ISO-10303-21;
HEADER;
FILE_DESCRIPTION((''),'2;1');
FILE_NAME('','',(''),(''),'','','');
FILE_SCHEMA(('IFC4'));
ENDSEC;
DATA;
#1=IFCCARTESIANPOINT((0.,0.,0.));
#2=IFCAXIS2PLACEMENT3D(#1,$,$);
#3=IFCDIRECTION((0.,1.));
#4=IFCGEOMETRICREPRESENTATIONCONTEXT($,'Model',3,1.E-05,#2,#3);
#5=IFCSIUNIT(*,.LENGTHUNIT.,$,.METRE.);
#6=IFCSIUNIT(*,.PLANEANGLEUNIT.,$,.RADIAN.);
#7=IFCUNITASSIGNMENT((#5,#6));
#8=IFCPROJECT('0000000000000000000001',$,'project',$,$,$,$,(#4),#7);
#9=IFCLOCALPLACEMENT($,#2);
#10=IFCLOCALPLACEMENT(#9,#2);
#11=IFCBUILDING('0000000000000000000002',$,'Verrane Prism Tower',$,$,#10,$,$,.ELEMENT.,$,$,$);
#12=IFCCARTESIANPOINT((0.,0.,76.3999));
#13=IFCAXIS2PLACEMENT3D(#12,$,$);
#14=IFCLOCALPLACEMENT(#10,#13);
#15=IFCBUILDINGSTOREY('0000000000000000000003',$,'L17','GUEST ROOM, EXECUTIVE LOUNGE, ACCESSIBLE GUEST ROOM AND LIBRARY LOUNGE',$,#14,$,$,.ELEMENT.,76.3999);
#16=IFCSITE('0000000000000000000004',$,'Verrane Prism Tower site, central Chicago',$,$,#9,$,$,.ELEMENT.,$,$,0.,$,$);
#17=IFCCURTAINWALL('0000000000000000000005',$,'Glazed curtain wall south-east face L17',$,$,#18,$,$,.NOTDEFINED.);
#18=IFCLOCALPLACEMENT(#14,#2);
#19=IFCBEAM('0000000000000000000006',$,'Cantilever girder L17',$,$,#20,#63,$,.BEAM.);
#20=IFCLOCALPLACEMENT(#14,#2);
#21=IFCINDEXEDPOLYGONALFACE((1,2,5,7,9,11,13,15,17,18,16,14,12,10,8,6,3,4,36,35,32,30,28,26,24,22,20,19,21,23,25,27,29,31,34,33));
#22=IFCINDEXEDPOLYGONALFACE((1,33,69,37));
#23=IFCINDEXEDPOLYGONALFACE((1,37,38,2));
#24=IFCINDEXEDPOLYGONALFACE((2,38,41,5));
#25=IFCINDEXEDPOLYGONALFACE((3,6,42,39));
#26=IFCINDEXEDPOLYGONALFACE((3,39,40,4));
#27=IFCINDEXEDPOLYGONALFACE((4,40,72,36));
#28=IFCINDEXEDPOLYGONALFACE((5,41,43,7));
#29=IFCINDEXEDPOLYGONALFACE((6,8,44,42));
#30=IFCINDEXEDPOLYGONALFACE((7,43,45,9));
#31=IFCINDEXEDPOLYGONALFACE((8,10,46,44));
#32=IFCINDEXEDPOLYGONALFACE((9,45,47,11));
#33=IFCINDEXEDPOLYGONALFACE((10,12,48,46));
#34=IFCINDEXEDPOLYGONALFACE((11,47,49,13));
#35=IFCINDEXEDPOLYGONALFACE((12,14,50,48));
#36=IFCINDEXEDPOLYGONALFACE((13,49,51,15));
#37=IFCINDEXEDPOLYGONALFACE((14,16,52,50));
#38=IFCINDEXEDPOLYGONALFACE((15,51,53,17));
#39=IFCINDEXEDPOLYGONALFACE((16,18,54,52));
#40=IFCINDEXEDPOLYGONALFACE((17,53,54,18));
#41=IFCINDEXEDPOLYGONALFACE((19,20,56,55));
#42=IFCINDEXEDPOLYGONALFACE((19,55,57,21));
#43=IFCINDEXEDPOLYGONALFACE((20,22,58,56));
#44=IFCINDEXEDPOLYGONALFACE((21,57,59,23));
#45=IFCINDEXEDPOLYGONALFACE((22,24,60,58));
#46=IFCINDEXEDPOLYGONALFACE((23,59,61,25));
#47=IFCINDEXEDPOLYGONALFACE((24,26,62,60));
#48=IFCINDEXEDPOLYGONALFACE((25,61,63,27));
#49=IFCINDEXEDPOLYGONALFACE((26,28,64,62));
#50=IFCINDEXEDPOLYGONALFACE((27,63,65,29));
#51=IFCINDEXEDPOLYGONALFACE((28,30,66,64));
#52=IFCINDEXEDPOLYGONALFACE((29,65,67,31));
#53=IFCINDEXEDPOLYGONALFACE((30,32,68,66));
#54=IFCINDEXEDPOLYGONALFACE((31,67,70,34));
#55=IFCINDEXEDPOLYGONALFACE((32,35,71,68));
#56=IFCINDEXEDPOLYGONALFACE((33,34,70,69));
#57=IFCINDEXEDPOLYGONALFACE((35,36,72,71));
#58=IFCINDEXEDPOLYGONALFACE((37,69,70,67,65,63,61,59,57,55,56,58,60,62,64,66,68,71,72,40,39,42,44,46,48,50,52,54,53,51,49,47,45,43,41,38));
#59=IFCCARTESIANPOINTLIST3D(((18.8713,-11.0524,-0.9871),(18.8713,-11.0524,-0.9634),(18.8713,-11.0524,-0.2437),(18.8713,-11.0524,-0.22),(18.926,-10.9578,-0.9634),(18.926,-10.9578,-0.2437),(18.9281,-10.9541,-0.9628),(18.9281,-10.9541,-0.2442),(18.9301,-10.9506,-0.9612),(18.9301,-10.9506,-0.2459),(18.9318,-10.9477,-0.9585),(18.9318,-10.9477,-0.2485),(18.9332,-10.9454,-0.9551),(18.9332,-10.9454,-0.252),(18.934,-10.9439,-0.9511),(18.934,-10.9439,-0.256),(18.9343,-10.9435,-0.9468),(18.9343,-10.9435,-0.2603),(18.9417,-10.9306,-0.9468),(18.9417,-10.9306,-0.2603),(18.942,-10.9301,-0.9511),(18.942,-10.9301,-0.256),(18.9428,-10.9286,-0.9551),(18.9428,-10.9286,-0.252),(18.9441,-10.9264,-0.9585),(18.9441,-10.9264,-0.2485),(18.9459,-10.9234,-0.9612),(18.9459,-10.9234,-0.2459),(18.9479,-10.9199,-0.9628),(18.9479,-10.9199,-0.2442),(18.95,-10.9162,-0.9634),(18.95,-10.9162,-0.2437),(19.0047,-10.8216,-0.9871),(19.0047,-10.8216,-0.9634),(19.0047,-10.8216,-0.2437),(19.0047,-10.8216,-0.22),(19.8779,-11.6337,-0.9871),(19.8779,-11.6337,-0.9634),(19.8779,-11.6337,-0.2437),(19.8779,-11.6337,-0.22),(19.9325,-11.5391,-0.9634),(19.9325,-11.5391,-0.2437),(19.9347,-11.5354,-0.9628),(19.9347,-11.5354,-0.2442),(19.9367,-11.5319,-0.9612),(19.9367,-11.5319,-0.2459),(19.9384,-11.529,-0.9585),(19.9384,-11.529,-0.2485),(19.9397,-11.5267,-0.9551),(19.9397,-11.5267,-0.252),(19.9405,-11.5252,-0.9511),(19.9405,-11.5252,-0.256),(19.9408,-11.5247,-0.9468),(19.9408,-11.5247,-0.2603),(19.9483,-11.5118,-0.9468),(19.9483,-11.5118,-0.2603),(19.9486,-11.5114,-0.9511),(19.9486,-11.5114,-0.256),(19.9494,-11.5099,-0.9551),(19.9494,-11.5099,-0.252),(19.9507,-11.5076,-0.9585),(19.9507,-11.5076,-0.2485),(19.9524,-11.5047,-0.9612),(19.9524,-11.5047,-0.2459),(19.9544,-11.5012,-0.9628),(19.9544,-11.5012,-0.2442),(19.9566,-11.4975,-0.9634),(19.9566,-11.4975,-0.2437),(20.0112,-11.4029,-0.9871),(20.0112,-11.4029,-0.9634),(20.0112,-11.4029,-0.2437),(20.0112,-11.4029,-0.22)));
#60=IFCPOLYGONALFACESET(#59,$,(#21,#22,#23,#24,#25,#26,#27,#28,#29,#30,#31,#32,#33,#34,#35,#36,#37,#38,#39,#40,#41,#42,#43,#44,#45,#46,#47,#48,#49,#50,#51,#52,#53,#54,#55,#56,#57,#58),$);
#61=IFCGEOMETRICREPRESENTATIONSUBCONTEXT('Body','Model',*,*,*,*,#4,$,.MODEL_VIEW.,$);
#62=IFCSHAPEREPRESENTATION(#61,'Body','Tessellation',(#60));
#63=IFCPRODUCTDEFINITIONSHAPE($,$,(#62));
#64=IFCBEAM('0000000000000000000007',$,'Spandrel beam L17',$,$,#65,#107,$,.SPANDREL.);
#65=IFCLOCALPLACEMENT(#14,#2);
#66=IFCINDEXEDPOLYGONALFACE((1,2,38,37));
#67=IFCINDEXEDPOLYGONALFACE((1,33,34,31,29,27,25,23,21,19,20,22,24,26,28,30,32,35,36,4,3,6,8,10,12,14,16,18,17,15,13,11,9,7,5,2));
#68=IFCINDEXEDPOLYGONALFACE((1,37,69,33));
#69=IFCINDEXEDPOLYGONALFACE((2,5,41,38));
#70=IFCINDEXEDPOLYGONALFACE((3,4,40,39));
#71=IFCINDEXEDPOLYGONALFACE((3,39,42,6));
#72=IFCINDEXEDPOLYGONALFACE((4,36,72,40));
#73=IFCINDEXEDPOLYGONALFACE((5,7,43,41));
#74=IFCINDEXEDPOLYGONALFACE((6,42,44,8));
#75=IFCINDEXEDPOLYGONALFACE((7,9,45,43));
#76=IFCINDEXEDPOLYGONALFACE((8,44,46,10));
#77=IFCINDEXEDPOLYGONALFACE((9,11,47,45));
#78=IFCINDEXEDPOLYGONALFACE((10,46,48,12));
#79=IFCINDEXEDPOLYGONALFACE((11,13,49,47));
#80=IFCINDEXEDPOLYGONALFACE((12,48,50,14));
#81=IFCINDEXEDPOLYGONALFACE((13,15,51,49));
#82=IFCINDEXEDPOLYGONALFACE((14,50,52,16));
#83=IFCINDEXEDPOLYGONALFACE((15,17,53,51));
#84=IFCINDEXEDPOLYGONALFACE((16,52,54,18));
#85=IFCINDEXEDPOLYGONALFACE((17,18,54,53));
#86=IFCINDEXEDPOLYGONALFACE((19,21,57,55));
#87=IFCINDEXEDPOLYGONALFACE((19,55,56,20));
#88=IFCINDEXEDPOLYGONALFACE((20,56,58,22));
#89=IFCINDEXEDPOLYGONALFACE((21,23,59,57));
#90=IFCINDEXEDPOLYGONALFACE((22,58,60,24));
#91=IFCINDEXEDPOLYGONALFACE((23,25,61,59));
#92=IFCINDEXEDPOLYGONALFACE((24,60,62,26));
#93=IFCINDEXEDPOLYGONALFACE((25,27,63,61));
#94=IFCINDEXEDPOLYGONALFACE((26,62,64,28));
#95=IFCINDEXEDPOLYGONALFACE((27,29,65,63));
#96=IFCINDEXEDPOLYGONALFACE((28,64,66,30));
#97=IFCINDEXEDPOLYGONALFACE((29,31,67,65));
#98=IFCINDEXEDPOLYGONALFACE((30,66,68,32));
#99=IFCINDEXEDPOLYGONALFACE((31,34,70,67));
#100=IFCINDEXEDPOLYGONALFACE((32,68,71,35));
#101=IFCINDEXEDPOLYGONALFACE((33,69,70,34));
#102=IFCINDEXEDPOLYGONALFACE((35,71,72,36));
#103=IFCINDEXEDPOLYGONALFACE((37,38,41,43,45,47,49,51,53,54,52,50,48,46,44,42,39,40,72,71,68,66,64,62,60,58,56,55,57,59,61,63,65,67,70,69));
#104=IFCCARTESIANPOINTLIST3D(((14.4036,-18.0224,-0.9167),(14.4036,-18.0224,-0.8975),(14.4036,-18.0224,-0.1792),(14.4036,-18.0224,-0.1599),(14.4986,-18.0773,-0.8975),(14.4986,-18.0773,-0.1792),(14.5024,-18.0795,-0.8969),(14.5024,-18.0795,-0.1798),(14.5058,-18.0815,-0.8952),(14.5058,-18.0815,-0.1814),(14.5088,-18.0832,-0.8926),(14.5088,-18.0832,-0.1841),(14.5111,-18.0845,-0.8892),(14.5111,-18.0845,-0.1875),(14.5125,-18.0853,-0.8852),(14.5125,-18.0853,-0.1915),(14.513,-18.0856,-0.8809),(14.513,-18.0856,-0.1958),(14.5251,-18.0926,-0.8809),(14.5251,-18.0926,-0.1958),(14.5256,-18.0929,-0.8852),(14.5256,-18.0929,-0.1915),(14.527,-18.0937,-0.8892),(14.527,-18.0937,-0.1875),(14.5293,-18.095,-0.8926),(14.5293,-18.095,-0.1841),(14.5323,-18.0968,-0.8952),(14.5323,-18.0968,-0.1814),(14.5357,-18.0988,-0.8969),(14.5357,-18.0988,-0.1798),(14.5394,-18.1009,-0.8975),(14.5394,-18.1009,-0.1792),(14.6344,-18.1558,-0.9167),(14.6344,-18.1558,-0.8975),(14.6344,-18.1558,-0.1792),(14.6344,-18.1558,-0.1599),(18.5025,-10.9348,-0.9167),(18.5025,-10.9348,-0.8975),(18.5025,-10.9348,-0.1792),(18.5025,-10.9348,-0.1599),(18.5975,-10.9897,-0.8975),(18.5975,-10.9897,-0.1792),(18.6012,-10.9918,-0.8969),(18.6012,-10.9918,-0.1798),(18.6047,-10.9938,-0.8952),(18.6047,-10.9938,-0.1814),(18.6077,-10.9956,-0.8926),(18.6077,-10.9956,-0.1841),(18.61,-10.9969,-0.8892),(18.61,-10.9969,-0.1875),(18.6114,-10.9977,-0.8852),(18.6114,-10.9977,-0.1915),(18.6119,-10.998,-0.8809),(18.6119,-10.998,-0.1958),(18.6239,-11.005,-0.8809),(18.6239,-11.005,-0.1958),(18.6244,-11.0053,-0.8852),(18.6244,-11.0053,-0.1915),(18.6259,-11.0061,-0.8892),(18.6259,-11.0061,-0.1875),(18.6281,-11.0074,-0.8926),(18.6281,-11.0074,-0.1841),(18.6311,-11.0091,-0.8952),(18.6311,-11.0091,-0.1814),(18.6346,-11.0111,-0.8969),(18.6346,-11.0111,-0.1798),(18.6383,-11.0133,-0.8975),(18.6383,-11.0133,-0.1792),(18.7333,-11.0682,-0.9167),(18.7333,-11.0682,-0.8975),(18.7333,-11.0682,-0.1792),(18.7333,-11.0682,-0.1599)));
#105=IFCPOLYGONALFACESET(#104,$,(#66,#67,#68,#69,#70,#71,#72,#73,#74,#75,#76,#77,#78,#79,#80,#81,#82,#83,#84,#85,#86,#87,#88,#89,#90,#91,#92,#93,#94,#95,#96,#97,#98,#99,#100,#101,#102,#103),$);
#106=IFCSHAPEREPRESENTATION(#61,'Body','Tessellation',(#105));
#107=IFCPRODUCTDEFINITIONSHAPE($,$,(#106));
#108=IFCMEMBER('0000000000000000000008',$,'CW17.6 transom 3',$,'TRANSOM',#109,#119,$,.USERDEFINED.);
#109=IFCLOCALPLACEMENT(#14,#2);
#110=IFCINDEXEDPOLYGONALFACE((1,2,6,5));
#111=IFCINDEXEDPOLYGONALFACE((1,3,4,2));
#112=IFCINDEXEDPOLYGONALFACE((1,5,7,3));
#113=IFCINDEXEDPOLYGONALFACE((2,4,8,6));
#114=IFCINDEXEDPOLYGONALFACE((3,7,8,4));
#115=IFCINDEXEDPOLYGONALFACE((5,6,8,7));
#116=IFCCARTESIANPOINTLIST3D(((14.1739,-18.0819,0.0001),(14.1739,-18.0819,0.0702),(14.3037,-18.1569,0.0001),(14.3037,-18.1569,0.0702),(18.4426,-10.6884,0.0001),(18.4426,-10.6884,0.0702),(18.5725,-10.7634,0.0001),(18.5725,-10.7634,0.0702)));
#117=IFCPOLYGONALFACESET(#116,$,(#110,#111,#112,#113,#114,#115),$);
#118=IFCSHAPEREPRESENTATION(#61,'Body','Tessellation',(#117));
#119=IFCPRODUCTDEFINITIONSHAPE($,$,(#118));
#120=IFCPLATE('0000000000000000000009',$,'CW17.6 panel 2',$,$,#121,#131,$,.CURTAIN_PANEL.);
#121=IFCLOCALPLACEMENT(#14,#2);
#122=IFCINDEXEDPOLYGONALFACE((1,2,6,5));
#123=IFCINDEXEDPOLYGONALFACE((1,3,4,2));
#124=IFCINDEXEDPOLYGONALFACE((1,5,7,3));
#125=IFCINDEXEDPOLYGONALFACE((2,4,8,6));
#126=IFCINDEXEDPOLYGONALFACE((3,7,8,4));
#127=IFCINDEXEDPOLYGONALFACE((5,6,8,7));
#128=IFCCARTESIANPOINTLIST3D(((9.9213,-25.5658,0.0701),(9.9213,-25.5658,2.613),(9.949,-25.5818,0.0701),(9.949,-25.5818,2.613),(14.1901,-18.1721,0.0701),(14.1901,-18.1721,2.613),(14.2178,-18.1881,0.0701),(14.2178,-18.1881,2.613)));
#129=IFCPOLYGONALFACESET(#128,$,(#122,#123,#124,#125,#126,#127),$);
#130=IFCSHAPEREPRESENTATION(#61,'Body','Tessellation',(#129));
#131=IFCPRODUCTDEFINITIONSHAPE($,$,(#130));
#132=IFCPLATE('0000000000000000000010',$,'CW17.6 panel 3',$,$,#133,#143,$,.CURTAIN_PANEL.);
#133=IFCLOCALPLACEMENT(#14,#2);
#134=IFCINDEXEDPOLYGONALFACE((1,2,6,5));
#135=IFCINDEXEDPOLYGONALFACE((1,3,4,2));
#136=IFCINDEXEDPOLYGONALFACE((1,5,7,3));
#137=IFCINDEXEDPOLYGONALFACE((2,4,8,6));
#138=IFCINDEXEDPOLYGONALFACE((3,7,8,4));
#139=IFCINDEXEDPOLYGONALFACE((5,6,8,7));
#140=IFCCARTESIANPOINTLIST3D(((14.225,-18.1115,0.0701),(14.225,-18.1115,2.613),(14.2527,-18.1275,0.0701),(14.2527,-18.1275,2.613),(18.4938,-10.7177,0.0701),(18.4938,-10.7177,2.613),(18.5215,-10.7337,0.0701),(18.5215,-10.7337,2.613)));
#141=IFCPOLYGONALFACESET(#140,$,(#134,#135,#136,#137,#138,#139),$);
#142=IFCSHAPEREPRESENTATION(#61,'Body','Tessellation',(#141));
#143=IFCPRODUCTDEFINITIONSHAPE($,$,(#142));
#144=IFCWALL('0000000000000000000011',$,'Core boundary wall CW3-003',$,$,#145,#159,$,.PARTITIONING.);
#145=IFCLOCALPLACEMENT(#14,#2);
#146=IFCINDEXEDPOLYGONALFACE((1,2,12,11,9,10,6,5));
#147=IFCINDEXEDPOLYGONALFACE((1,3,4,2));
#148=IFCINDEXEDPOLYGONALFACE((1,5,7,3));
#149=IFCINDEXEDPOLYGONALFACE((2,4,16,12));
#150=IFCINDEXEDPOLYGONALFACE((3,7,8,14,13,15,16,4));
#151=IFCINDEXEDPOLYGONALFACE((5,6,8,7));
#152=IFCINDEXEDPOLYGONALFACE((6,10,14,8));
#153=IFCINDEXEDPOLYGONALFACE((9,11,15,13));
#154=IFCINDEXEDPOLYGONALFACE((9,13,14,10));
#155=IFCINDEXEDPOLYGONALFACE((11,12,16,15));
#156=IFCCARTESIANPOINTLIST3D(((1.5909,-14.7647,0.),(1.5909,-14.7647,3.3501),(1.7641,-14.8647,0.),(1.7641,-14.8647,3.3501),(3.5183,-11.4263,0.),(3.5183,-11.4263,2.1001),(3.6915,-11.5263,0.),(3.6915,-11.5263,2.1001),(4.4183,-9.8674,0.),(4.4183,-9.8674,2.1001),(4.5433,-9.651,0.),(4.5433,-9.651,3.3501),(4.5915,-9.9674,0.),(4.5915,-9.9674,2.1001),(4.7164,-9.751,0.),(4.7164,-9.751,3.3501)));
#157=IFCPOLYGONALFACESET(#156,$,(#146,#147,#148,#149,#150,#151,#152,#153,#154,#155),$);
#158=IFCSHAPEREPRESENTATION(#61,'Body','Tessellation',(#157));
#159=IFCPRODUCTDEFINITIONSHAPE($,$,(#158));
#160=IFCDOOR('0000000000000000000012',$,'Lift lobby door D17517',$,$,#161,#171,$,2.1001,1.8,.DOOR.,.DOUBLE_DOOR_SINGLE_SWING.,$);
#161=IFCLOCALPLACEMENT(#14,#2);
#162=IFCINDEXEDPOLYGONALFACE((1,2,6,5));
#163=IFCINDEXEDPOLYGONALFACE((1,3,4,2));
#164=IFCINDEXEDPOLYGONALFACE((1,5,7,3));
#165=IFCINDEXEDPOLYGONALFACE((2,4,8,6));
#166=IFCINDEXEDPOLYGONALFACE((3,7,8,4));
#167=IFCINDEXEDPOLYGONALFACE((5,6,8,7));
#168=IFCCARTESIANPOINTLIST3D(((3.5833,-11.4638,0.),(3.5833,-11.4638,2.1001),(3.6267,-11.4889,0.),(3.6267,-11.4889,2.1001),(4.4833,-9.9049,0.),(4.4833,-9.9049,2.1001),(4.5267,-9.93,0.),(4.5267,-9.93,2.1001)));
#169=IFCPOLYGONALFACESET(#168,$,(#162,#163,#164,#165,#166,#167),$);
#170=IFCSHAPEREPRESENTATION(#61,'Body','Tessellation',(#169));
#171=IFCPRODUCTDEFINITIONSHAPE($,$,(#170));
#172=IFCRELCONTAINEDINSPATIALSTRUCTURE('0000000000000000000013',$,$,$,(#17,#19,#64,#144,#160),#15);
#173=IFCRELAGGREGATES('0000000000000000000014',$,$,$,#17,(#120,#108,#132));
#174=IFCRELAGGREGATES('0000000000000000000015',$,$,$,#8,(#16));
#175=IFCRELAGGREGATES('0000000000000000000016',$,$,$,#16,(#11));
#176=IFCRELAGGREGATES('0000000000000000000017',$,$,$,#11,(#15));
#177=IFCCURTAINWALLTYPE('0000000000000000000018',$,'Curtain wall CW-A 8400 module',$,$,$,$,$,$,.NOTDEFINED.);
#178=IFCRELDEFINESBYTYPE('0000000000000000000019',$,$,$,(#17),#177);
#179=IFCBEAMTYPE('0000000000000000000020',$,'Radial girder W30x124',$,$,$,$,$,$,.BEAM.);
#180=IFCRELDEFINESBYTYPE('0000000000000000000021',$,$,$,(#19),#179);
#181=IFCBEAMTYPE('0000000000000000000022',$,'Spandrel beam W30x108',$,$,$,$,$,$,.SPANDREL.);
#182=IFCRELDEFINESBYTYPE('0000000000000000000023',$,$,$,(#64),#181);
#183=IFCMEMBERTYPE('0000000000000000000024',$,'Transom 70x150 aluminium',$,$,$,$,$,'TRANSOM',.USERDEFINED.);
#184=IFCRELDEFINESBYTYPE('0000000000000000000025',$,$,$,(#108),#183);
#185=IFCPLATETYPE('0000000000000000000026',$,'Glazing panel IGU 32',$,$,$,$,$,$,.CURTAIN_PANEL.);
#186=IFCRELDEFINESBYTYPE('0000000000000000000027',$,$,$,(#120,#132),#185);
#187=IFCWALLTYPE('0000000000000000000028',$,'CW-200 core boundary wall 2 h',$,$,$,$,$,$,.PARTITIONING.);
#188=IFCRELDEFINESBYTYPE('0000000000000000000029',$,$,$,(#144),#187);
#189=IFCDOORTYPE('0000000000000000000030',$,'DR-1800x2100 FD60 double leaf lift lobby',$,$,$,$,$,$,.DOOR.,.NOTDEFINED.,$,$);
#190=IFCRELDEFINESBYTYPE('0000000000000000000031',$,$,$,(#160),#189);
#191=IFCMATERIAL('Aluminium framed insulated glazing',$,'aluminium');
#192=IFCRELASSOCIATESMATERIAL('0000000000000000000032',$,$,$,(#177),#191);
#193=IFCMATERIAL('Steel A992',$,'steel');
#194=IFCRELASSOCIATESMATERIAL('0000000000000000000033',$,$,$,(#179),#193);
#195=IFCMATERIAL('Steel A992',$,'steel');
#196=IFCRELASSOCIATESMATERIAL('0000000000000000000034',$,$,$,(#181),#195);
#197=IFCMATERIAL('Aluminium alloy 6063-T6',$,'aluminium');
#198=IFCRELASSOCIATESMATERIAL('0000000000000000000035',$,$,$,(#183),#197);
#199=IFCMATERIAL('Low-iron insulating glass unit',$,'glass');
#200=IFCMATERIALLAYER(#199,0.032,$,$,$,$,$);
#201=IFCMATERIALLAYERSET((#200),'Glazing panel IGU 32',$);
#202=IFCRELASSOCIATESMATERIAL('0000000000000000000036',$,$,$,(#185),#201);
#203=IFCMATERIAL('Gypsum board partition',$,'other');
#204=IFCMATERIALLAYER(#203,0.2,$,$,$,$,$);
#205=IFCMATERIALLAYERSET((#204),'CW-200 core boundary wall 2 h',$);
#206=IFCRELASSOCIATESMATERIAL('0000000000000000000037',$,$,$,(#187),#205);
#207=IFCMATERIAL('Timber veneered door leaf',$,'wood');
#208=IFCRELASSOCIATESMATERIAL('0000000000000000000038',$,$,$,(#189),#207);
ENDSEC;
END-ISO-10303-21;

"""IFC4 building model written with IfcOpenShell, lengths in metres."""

from ifc_helpers import new_model, si_unit, direction, frame, frame_2d, origin, origin_2d, place, context, subcontext, project, spatial, rectangle, i_section, extrude, material, layer, layer_set, material_profile, profile_set, type_object, element, fill, aggregate, save


model = new_model("IFC4")

# Units and contexts
model_context = context("Model", 3, precision=1e-05, world=origin(), true_north=direction((0.0, 1.0)))
body_context = subcontext(model_context, "Body", "Model", "MODEL_VIEW")
ifc_project = project(units=[si_unit("LENGTHUNIT", "METRE"), si_unit("PLANEANGLEUNIT", "RADIAN")], contexts=[model_context])

# Site, building, storey
site_placement = place(None, origin())
site = spatial("IfcSite", under=ifc_project, at=site_placement, Name="Verrane Prism Tower site, central Chicago", CompositionType="ELEMENT", RefElevation=0.0)
building_placement = place(site_placement, origin())
building = spatial("IfcBuilding", under=site, at=building_placement, Name="Verrane Prism Tower", CompositionType="ELEMENT")
storey_placement = place(building_placement, frame((0.0, 0.0, 76.3999)))
storey = spatial("IfcBuildingStorey", under=building, at=storey_placement, Name="L17", Description="GUEST ROOM, EXECUTIVE LOUNGE, ACCESSIBLE GUEST ROOM AND LIBRARY LOUNGE", CompositionType="ELEMENT", Elevation=76.3999)

# Curtain wall
ifc_material_1 = material(Name="Aluminium framed insulated glazing", Category="aluminium")
curtain_wall_type = type_object("IfcCurtainWallType", Name="Curtain wall CW-A 8400 module", PredefinedType="NOTDEFINED", material=ifc_material_1)
curtain_wall_placement = place(storey_placement, origin())
curtain_wall = element("IfcCurtainWall", 1, at=curtain_wall_placement, inside=storey, type_object=curtain_wall_type, Name="Glazed curtain wall south-east face L17", PredefinedType="NOTDEFINED")

# Beams
ifc_material_2 = material(Name="Steel A992", Category="steel")
ifc_material_profile_1 = material_profile(ifc_material_2, i_section(OverallWidth=0.2666, OverallDepth=0.7671, WebThickness=0.0149, FlangeThickness=0.0237, FilletRadius=0.0166, at=origin_2d()), Name="W30x124")
ifc_profile_set_1 = profile_set([ifc_material_profile_1], Name="Steel A992")
beam_type_1 = type_object("IfcBeamType", Name="Radial girder W30x124", PredefinedType="BEAM", material=ifc_profile_set_1)
beam_1_placement = place(storey_placement, frame((18.938, -10.937, -0.6035), z_axis=(0.865972, -0.500092, 0.0), x_axis=(0.500092, 0.865972, 0.0)))
element("IfcBeam", 2, at=beam_1_placement, inside=storey, type_object=beam_type_1, Name="Cantilever girder L17", PredefinedType="BEAM", context=body_context, shape_type="SweptSolid", body=[
    extrude(i_section(OverallWidth=0.2666, OverallDepth=0.7671, WebThickness=0.0149, FlangeThickness=0.0237, FilletRadius=0.0166, at=origin_2d()), origin(), (0.0, 0.0, 1.0), 1.1624),
])
ifc_material_3 = material(Name="Steel A992", Category="steel")
ifc_material_profile_2 = material_profile(ifc_material_3, i_section(OverallWidth=0.2666, OverallDepth=0.7568, WebThickness=0.0139, FlangeThickness=0.0193, FilletRadius=0.0166, at=origin_2d()), Name="W30x108")
ifc_profile_set_2 = profile_set([ifc_material_profile_2], Name="Steel A992")
beam_type_2 = type_object("IfcBeamType", Name="Spandrel beam W30x108", PredefinedType="SPANDREL", material=ifc_profile_set_2)
beam_2_placement = place(storey_placement, frame((14.519, -18.0891, -0.5383), z_axis=(0.500625, 0.865664, 0.0), x_axis=(-0.865664, 0.500625, 0.0)))
element("IfcBeam", 3, at=beam_2_placement, inside=storey, type_object=beam_type_2, Name="Spandrel beam L17", PredefinedType="SPANDREL", context=body_context, shape_type="SweptSolid", body=[
    extrude(i_section(OverallWidth=0.2666, OverallDepth=0.7568, WebThickness=0.0139, FlangeThickness=0.0193, FilletRadius=0.0166, at=origin_2d()), origin(), (0.0, 0.0, 1.0), 8.1875),
])

# Member
ifc_material_4 = material(Name="Aluminium alloy 6063-T6", Category="aluminium")
ifc_material_profile_3 = material_profile(ifc_material_4, rectangle(XDim=0.1499, YDim=0.0701, at=origin_2d()), Name="Transom 70x150 aluminium")
ifc_profile_set_3 = profile_set([ifc_material_profile_3], Name="Aluminium alloy 6063-T6")
member_type_1 = type_object("IfcMemberType", Name="Transom 70x150 aluminium", ElementType="TRANSOM", PredefinedType="USERDEFINED", material=ifc_profile_set_3)
member_1_placement = place(storey_placement, frame((14.2388, -18.1194, 0.0352), z_axis=(0.500011, 0.866019, 0.0), x_axis=(-0.866019, 0.500011, 0.0)))
member_1 = element("IfcMember", 4, at=member_1_placement, type_object=member_type_1, Name="CW17.6 transom 3", ObjectType="TRANSOM", PredefinedType="USERDEFINED", context=body_context, shape_type="SweptSolid", body=[
    extrude(rectangle(XDim=0.1499, YDim=0.0701, at=origin_2d()), origin(), (0.0, 0.0, 1.0), 8.5374),
])

# Plates
ifc_material_5 = material(Name="Low-iron insulating glass unit", Category="glass")
ifc_layer_1 = layer(ifc_material_5, 0.032)
ifc_layer_set_1 = layer_set([ifc_layer_1], Name="Glazing panel IGU 32")
plate_type = type_object("IfcPlateType", Name="Glazing panel IGU 32", PredefinedType="CURTAIN_PANEL", material=ifc_layer_set_1)
plate_1_placement = place(storey_placement, frame((12.0696, -21.877, 0.0701), z_axis=(0.0, 0.0, 1.0), x_axis=(0.499999, 0.866026, 0.0)))
plate_1 = element("IfcPlate", 5, at=plate_1_placement, type_object=plate_type, Name="CW17.6 panel 2", PredefinedType="CURTAIN_PANEL", context=body_context, shape_type="SweptSolid", body=[
    extrude(rectangle(XDim=8.5376, YDim=0.032, at=origin_2d()), origin(), (0.0, 0.0, 1.0), 2.543),
])
plate_2_placement = place(storey_placement, frame((16.3733, -14.4226, 0.0701), z_axis=(0.0, 0.0, 1.0), x_axis=(0.499999, 0.866026, 0.0)))
plate_2 = element("IfcPlate", 6, at=plate_2_placement, type_object=plate_type, Name="CW17.6 panel 3", PredefinedType="CURTAIN_PANEL", context=body_context, shape_type="SweptSolid", body=[
    extrude(rectangle(XDim=8.5376, YDim=0.032, at=origin_2d()), origin(), (0.0, 0.0, 1.0), 2.543),
])
aggregate(curtain_wall, [plate_1, member_1, plate_2])

# Wall, opening, door
ifc_material_6 = material(Name="Gypsum board partition", Category="other")
ifc_layer_2 = layer(ifc_material_6, 0.2)
ifc_layer_set_2 = layer_set([ifc_layer_2], Name="CW-200 core boundary wall 2 h")
wall_type_1 = type_object("IfcWallType", Name="CW-200 core boundary wall 2 h", PredefinedType="PARTITIONING", material=ifc_layer_set_2)
wall_1_placement = place(storey_placement, frame((1.6775, -14.8147, 0.0), z_axis=(0.0, 0.0, 1.0), x_axis=(0.499994, 0.866029, 0.0)))
wall_1 = element("IfcWall", 7, at=wall_1_placement, inside=storey, type_object=wall_type_1, Name="Core boundary wall CW3-003", PredefinedType="PARTITIONING", context=body_context, shape_type="SweptSolid", body=[
    extrude(rectangle(XDim=5.9048, YDim=0.2, at=frame_2d((2.9524, 0.0))), origin(), (0.0, 0.0, 1.0), 3.3501),
])
opening_1_placement = place(wall_1_placement, frame((3.855, 0.0, 0.0)))
opening_1 = element("IfcOpeningElement", 8, at=opening_1_placement, cuts=wall_1, PredefinedType="OPENING", context=body_context, shape_type="SweptSolid", body=[
    extrude(rectangle(XDim=1.8, YDim=2.1001, at=frame_2d((0.8999, 1.05))), frame((0.0, 0.1099, 0.0), z_axis=(0.0, -1.0, 0.0), x_axis=(1.0, 0.0, 0.0)), (0.0, 0.0, 1.0), 0.22),
])
ifc_material_7 = material(Name="Timber veneered door leaf", Category="wood")
door_type_1 = type_object("IfcDoorType", Name="DR-1800x2100 FD60 double leaf lift lobby", OperationType="NOTDEFINED", PredefinedType="DOOR", material=ifc_material_7)
door_1_placement = place(opening_1_placement, origin())
door_1 = element("IfcDoor", 9, at=door_1_placement, inside=storey, type_object=door_type_1, Name="Lift lobby door D17517", OperationType="DOUBLE_DOOR_SINGLE_SWING", OverallHeight=2.1001, OverallWidth=1.8, PredefinedType="DOOR", context=body_context, shape_type="SweptSolid", body=[
    extrude(rectangle(XDim=1.8, YDim=2.1001, at=frame_2d((0.8999, 1.05))), frame((0.0, 0.0249, 0.0), z_axis=(0.0, -1.0, 0.0), x_axis=(1.0, 0.0, 0.0)), (0.0, 0.0, 1.0), 0.05),
])
fill(opening_1, door_1)

save(model, "model.ifc")
